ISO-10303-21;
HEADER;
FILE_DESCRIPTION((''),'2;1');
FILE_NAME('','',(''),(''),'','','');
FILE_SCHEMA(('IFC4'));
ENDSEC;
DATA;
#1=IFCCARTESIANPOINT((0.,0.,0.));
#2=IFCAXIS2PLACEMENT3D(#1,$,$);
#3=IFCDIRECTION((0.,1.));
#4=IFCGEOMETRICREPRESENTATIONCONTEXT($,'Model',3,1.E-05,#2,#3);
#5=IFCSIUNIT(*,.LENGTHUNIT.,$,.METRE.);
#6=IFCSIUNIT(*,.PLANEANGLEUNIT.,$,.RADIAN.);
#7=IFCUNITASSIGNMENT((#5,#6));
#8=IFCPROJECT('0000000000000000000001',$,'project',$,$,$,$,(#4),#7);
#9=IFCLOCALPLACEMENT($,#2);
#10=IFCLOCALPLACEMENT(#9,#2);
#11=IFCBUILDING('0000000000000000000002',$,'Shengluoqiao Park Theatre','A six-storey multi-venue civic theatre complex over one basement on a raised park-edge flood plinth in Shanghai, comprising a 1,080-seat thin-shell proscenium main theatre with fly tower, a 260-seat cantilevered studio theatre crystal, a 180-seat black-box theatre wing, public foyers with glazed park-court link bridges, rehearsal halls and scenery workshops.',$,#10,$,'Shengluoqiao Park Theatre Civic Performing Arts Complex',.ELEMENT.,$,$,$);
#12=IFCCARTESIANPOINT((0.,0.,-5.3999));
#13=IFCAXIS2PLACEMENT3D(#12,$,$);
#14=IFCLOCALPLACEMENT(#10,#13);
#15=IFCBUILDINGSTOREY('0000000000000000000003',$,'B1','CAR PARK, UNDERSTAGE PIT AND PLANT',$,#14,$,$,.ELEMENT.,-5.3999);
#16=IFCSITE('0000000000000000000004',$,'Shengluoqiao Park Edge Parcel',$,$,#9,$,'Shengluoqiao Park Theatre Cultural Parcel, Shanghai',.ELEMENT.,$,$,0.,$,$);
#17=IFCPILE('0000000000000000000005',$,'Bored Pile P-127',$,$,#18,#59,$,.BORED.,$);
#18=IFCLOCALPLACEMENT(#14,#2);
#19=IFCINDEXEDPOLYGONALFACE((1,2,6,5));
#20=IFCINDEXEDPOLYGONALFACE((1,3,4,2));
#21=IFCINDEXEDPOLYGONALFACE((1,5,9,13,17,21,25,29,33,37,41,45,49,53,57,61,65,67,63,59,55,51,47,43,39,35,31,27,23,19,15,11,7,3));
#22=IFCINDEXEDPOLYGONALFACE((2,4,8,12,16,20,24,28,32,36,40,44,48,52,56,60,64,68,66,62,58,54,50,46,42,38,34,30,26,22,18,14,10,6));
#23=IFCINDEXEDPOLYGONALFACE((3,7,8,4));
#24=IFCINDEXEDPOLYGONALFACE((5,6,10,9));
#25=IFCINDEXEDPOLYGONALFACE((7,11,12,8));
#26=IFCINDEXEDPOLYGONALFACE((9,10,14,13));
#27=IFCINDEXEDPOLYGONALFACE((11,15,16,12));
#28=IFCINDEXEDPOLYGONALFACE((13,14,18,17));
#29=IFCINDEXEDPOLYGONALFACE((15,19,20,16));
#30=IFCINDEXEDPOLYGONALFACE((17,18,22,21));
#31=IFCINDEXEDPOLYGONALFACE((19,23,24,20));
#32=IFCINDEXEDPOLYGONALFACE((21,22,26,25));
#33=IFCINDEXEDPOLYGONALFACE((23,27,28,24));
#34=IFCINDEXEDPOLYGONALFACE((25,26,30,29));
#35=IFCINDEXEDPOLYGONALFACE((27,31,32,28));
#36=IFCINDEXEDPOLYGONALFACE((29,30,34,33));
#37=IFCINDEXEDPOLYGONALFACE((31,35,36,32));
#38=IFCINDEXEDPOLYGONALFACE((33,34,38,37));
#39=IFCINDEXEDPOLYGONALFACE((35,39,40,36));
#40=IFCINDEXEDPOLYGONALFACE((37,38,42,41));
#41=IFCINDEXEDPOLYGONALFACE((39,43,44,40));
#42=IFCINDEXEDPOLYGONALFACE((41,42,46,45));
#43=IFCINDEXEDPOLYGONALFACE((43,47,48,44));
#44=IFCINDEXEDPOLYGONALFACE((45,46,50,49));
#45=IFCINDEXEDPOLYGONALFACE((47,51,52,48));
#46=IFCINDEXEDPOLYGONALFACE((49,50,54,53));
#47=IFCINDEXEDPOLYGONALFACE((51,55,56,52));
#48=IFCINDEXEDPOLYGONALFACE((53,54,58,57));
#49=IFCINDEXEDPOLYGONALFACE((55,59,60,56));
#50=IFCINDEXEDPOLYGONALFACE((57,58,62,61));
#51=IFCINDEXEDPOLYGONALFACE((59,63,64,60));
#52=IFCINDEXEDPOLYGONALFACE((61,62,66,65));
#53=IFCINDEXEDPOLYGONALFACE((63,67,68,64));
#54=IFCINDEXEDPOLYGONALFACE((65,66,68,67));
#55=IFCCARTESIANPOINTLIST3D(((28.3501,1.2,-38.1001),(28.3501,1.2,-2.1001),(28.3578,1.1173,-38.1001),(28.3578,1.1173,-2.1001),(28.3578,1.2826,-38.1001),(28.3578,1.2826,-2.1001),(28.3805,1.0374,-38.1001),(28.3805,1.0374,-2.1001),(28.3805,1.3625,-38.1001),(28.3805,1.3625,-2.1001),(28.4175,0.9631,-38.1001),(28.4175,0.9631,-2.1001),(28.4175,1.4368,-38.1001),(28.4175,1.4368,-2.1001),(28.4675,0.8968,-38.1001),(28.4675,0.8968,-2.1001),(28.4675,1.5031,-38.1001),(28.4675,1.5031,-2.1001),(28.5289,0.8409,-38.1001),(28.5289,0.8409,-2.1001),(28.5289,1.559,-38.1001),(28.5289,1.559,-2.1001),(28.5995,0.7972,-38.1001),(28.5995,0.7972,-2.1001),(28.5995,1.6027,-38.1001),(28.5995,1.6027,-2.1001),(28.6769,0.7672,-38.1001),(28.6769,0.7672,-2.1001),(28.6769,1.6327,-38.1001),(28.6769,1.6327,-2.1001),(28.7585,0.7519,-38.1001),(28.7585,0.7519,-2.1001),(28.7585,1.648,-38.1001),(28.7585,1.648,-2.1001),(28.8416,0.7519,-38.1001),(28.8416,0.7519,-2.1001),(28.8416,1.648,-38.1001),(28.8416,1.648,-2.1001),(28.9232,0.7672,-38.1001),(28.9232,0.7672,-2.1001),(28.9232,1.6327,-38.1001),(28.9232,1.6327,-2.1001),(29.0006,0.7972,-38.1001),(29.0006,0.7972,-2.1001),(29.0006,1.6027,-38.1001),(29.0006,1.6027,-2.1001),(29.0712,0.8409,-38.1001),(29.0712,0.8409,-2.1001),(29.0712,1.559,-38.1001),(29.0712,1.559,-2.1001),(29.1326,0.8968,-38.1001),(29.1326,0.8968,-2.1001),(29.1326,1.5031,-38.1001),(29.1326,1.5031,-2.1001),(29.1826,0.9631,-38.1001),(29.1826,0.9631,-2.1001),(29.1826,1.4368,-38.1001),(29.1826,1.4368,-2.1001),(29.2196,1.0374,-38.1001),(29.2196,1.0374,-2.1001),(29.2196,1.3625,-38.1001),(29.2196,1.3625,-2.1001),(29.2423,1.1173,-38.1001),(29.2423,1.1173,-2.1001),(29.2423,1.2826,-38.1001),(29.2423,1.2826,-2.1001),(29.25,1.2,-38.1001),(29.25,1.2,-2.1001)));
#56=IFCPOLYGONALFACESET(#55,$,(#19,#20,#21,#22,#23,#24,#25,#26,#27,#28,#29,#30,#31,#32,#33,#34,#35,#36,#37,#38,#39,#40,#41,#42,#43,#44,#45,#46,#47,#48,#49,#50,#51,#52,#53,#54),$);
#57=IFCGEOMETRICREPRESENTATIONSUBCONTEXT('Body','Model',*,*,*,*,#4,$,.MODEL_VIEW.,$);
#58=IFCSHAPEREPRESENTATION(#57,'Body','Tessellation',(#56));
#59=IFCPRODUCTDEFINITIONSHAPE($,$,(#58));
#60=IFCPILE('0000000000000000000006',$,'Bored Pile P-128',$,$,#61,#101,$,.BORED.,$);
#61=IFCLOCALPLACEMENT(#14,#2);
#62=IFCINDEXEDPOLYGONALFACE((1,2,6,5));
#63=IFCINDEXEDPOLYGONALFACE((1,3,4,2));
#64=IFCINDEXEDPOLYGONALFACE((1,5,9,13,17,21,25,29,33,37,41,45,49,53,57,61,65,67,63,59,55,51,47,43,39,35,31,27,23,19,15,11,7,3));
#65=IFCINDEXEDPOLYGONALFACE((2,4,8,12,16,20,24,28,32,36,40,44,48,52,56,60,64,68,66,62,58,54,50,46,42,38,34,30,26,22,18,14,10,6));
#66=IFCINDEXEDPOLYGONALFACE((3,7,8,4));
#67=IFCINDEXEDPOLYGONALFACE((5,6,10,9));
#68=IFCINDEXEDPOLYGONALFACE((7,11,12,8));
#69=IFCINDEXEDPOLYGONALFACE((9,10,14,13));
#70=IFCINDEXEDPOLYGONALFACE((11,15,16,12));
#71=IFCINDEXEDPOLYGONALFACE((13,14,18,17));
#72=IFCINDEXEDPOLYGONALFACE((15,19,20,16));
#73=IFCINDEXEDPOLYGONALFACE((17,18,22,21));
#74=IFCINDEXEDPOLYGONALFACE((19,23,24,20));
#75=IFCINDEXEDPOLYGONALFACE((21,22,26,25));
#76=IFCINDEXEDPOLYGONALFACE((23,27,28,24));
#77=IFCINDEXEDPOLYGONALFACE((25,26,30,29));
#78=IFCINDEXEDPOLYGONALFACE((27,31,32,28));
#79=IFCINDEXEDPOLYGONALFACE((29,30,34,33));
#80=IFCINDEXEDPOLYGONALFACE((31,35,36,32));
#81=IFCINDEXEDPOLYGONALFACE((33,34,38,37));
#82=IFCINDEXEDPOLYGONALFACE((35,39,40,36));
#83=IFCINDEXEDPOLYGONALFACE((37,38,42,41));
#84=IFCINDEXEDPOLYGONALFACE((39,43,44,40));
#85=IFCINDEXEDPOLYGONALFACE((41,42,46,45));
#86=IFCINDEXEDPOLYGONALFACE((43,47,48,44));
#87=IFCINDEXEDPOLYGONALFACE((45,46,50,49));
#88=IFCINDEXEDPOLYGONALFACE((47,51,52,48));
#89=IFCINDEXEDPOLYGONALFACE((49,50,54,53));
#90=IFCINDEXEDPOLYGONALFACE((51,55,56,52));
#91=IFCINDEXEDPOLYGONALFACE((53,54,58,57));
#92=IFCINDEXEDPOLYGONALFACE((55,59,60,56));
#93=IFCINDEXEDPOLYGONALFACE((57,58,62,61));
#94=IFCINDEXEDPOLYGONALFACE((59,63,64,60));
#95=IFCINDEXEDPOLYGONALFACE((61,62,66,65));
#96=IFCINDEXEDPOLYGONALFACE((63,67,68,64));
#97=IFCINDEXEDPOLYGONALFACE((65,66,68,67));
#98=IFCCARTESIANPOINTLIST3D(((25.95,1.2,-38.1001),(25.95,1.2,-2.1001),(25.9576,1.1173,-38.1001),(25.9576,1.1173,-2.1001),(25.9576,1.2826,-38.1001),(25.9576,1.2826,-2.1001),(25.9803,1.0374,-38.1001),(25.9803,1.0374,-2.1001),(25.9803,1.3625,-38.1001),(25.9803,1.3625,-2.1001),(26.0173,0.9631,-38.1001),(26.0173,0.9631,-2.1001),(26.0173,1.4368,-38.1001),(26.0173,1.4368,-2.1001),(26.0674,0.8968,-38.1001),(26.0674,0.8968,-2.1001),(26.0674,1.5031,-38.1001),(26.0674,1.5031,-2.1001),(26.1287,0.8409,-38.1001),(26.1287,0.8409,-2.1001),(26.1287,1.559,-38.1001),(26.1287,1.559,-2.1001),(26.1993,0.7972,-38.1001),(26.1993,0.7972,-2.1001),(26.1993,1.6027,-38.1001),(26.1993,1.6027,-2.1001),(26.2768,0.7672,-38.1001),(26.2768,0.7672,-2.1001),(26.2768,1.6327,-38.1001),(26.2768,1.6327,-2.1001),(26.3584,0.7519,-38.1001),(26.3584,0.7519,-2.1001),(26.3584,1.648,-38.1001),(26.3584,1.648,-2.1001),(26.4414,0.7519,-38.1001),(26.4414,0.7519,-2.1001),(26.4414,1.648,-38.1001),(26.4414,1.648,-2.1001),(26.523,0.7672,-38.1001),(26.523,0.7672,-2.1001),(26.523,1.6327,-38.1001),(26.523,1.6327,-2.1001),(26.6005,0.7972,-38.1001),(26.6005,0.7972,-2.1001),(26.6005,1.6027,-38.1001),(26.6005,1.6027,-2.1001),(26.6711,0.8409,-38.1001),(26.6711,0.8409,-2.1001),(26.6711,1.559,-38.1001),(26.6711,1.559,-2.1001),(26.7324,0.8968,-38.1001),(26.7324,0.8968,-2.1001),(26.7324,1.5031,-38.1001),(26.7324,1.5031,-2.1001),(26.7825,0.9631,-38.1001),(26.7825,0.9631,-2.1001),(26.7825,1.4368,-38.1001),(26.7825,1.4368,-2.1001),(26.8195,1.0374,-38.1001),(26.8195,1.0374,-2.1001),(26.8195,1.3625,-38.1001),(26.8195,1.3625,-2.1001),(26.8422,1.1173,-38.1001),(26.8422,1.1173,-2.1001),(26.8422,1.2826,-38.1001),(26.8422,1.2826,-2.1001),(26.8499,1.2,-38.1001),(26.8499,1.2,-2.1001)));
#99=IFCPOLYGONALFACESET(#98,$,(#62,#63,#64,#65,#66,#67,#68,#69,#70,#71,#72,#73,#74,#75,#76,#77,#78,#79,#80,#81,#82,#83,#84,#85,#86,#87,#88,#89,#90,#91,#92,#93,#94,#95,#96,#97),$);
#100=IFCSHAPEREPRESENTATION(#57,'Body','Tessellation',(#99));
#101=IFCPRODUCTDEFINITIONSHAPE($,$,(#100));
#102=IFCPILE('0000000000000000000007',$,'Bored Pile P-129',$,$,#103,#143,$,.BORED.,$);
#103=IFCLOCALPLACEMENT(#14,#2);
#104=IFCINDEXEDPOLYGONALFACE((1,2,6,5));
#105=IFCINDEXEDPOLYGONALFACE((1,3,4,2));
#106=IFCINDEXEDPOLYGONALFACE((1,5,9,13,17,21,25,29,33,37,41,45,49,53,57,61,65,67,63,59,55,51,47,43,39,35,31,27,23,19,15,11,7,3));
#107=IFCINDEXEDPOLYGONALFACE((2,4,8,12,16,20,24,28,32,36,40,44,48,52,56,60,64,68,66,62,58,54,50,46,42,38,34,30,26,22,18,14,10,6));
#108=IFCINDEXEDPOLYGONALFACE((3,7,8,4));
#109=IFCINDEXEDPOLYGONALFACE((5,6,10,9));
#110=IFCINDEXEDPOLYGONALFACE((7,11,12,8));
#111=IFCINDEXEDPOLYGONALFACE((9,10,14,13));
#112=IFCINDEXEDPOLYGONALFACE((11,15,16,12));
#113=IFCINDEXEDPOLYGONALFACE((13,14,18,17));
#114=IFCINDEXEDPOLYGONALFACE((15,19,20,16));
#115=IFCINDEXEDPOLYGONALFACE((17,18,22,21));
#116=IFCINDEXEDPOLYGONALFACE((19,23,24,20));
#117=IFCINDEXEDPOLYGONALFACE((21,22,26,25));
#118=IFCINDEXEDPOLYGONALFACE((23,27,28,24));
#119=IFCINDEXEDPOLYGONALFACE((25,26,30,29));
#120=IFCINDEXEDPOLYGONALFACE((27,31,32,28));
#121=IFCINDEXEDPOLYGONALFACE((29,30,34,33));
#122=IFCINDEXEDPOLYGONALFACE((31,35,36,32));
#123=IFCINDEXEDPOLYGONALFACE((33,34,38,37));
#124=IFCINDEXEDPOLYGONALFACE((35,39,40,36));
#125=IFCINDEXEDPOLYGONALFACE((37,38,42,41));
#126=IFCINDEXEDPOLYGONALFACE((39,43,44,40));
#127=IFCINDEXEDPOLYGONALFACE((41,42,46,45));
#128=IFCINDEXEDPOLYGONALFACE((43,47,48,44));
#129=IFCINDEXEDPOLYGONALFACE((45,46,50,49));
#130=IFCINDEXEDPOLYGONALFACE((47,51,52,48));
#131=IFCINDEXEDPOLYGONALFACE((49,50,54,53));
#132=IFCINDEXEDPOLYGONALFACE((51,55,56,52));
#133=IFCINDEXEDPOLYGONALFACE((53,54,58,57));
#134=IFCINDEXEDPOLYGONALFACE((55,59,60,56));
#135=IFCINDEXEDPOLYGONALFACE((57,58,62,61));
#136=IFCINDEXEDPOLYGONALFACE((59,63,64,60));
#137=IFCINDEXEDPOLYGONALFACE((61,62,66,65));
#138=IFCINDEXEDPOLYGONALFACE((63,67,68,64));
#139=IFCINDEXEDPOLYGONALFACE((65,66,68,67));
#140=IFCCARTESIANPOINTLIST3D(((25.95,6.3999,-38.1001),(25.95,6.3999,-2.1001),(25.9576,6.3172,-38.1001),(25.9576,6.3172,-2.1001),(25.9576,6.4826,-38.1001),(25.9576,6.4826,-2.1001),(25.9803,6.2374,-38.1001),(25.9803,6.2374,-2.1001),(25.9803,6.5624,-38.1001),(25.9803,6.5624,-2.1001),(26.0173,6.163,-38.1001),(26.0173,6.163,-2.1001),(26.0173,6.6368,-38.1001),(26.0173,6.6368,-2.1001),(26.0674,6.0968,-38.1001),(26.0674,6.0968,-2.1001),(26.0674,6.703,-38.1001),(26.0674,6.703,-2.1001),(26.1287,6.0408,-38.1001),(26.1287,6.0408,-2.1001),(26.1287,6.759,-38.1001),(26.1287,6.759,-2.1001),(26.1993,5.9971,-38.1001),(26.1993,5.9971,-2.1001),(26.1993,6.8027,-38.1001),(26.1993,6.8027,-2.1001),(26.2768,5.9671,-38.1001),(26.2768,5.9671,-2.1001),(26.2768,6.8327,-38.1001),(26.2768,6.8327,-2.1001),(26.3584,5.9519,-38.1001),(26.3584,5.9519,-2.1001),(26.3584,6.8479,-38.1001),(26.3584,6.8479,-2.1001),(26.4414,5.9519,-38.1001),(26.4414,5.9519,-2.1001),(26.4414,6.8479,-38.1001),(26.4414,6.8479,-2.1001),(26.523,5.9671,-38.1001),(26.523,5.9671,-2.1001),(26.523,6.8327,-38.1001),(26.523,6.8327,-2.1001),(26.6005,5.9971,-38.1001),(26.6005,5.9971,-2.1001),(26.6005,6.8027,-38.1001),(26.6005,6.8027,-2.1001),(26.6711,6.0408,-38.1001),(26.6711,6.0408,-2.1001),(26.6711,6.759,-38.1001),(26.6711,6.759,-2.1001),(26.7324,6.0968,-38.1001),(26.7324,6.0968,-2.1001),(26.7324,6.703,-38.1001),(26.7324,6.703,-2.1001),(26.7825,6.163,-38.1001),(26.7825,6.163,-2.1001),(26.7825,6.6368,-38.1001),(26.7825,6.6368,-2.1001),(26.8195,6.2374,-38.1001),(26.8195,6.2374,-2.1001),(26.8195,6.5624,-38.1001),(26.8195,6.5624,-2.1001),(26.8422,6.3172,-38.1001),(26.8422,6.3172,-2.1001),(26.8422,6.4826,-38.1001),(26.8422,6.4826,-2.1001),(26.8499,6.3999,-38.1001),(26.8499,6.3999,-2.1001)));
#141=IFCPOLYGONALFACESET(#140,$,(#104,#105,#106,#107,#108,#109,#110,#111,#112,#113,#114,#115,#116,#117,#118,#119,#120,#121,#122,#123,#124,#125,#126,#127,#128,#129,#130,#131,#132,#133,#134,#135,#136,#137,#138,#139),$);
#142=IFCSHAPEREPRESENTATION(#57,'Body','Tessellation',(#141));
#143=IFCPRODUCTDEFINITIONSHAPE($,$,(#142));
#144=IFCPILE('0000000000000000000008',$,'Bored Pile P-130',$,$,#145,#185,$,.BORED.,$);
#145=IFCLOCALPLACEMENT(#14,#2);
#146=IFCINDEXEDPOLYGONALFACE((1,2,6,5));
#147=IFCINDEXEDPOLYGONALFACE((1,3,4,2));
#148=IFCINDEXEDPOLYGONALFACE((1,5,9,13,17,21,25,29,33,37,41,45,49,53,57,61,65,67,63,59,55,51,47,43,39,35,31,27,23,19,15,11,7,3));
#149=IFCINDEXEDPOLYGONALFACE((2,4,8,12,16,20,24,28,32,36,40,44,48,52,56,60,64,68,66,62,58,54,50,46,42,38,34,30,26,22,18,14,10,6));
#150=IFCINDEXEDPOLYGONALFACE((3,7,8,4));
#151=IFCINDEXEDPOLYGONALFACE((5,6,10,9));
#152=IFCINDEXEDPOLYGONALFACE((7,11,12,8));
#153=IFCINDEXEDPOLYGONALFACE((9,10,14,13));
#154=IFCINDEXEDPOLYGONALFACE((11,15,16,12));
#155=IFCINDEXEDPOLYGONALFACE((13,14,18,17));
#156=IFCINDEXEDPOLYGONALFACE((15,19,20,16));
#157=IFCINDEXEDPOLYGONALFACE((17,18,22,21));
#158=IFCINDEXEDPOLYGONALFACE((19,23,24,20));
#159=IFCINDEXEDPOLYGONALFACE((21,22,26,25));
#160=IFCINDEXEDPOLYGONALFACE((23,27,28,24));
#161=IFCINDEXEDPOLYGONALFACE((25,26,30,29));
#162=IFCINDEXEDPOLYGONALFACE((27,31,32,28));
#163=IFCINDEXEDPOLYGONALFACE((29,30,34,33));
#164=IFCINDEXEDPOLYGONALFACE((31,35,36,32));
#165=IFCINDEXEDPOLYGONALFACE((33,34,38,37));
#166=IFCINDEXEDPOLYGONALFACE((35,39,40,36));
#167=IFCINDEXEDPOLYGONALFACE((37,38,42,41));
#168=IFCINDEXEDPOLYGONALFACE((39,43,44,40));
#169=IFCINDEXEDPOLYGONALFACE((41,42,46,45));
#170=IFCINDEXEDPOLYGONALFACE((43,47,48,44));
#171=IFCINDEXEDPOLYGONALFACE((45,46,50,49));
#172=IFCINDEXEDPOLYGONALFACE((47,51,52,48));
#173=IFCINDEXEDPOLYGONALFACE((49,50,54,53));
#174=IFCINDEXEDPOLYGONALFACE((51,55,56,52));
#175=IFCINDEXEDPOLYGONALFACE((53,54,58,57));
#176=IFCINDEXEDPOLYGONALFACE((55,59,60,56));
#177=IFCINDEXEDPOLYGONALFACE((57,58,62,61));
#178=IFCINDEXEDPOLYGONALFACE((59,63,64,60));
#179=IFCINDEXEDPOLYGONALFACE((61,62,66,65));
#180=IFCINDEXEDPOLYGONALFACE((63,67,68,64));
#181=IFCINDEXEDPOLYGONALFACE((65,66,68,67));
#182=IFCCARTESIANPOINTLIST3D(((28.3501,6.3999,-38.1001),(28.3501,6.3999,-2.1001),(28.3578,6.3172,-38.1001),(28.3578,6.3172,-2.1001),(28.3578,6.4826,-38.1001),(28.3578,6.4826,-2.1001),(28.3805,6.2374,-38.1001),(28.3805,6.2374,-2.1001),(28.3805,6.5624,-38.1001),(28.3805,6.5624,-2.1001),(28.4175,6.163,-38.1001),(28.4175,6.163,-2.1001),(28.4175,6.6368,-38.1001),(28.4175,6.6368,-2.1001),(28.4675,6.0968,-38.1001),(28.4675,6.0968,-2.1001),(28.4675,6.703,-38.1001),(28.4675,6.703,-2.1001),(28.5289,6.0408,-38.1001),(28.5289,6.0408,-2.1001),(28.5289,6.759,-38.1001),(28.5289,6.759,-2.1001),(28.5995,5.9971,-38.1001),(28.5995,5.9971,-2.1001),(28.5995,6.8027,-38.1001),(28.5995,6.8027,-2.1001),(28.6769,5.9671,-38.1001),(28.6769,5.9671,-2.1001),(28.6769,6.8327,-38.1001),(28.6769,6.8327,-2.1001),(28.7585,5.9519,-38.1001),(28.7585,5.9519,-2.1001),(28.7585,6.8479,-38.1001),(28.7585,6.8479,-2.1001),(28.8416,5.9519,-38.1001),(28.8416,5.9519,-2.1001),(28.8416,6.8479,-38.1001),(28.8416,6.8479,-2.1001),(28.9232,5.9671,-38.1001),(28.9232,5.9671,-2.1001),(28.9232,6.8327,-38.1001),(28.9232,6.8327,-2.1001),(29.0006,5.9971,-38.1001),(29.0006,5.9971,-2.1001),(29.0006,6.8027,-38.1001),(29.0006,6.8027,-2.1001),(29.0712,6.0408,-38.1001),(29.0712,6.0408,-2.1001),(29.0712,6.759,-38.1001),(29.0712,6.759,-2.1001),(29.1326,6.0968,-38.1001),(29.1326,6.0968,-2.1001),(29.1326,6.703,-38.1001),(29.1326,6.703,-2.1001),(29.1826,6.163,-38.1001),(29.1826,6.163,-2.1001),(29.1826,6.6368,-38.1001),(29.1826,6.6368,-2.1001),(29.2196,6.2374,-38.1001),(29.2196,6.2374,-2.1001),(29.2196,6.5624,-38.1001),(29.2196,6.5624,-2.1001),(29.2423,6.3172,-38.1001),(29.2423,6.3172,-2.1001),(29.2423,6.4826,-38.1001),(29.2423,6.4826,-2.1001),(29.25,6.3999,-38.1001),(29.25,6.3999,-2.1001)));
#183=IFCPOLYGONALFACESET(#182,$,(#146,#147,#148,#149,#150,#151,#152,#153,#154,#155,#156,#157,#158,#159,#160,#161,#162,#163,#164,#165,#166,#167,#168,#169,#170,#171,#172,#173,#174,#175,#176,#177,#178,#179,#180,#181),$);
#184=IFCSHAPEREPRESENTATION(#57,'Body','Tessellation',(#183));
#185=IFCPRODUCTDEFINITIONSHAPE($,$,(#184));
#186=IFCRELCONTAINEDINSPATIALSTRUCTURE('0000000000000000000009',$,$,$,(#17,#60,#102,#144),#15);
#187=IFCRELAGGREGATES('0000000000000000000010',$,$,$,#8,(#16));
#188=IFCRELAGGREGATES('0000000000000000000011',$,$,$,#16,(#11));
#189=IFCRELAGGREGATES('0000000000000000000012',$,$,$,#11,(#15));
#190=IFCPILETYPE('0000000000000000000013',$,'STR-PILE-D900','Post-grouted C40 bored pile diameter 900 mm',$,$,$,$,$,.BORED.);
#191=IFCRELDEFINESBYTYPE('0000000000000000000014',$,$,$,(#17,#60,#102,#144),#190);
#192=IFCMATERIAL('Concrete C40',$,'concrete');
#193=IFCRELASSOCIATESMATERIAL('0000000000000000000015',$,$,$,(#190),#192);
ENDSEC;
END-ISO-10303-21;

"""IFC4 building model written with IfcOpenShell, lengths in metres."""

from ifc_helpers import new_model, si_unit, direction, frame, origin, origin_2d, place, context, subcontext, project, spatial, circle, extrude, material, material_profile, profile_set, type_object, element, save


model = new_model("IFC4")

# Units and contexts
model_context = context("Model", 3, precision=1e-05, world=origin(), true_north=direction((0.0, 1.0)))
body_context = subcontext(model_context, "Body", "Model", "MODEL_VIEW")
ifc_project = project(units=[si_unit("LENGTHUNIT", "METRE"), si_unit("PLANEANGLEUNIT", "RADIAN")], contexts=[model_context])

# Site, building, storey
site_placement = place(None, origin())
site = spatial("IfcSite", under=ifc_project, at=site_placement, Name="Shengluoqiao Park Edge Parcel", LongName="Shengluoqiao Park Theatre Cultural Parcel, Shanghai", CompositionType="ELEMENT", RefElevation=0.0)
building_placement = place(site_placement, origin())
building = spatial("IfcBuilding", under=site, at=building_placement, Name="Shengluoqiao Park Theatre", Description="A six-storey multi-venue civic theatre complex over one basement on a raised park-edge flood plinth in Shanghai, comprising a 1,080-seat thin-shell proscenium main theatre with fly tower, a 260-seat cantilevered studio theatre crystal, a 180-seat black-box theatre wing, public foyers with glazed park-court link bridges, rehearsal halls and scenery workshops.", LongName="Shengluoqiao Park Theatre Civic Performing Arts Complex", CompositionType="ELEMENT")
storey_placement = place(building_placement, frame((0.0, 0.0, -5.3999)))
storey = spatial("IfcBuildingStorey", under=building, at=storey_placement, Name="B1", Description="CAR PARK, UNDERSTAGE PIT AND PLANT", CompositionType="ELEMENT", Elevation=-5.3999)

# Shared definitions
ifc_material_1 = material(Name="Concrete C40", Category="concrete")

# Piles
ifc_material_profile_1 = material_profile(ifc_material_1, circle(Radius=0.45, at=origin_2d()), Name="BORED PILE D900")
ifc_profile_set_1 = profile_set([ifc_material_profile_1], Name="Concrete C40")
pile_type = type_object("IfcPileType", Name="STR-PILE-D900", Description="Post-grouted C40 bored pile diameter 900 mm", PredefinedType="BORED", material=ifc_profile_set_1)
for number, where, z_axis, x_axis, name in (
    (1, (28.8, 1.2, -2.1001), (0.0, 0.0, -1.0), (1.0, 0.0, 0.0), "Bored Pile P-127"),
    (2, (26.3999, 1.2, -2.1001), (0.0, 0.0, -1.0), (1.0, 0.0, 0.0), "Bored Pile P-128"),
    (3, (26.3999, 6.3999, -2.1001), (0.0, 0.0, -1.0), (1.0, 0.0, 0.0), "Bored Pile P-129"),
    (4, (28.8, 6.3999, -2.1001), (0.0, 0.0, -1.0), (1.0, 0.0, 0.0), "Bored Pile P-130"),
):
    element("IfcPile", number, at=place(storey_placement, frame(where, z_axis=z_axis, x_axis=x_axis)), inside=storey, type_object=pile_type, Name=name, PredefinedType="BORED", context=body_context, shape_type="SweptSolid", body=[
        extrude(circle(Radius=0.45, at=origin_2d()), origin(), (0.0, 0.0, 1.0), 36.0),
    ])

save(model, "model.ifc")
